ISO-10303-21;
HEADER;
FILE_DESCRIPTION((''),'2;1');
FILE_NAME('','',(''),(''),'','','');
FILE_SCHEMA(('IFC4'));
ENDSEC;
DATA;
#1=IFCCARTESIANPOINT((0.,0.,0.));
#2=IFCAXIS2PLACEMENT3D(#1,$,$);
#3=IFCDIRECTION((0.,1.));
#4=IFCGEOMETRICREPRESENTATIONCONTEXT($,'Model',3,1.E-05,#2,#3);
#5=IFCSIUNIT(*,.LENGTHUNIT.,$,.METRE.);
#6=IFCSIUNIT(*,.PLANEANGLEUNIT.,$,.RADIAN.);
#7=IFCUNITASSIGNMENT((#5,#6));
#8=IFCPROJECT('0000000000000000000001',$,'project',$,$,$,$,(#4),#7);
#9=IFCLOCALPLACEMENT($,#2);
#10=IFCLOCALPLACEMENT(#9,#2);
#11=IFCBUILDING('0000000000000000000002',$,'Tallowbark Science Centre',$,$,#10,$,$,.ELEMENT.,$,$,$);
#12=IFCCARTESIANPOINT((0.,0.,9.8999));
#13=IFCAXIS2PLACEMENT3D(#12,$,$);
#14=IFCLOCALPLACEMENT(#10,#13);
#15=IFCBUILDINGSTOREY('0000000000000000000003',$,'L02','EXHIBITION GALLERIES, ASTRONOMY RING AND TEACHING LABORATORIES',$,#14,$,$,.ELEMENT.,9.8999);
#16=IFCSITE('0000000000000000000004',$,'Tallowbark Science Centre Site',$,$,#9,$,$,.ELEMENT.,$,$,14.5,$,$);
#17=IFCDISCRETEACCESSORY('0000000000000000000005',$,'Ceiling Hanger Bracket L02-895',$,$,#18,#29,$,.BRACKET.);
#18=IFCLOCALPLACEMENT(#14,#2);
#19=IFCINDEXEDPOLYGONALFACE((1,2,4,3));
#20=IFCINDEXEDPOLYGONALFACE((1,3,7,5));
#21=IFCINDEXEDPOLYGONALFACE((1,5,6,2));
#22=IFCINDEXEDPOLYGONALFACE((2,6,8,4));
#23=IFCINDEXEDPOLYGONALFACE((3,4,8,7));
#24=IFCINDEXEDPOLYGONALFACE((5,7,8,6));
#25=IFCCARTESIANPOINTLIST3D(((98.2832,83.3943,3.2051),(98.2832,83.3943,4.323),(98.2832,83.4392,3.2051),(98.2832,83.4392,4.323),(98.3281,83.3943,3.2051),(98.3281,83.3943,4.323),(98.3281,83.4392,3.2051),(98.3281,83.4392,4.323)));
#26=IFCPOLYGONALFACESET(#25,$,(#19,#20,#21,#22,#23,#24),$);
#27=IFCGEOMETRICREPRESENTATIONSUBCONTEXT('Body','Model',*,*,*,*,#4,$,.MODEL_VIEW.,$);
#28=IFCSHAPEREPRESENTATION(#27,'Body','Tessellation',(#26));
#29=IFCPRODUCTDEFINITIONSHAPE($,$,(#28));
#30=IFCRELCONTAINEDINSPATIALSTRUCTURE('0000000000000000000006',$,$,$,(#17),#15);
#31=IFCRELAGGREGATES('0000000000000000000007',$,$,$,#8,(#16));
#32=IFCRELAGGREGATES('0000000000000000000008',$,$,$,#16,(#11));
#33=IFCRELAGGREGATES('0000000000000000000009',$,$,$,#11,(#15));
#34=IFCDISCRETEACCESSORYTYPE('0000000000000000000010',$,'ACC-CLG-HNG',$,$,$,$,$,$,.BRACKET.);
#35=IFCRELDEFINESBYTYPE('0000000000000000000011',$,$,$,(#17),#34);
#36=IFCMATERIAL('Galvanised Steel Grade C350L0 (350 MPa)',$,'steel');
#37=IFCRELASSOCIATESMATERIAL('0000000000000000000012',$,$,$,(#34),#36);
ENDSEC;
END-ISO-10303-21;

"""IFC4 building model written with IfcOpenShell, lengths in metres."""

from ifc_helpers import new_model, si_unit, direction, frame, origin, origin_2d, place, context, subcontext, project, spatial, rectangle, extrude, material, type_object, element, save


model = new_model("IFC4")

# Units and contexts
model_context = context("Model", 3, precision=1e-05, world=origin(), true_north=direction((0.0, 1.0)))
body_context = subcontext(model_context, "Body", "Model", "MODEL_VIEW")
ifc_project = project(units=[si_unit("LENGTHUNIT", "METRE"), si_unit("PLANEANGLEUNIT", "RADIAN")], contexts=[model_context])

# Site, building, storey
site_placement = place(None, origin())
site = spatial("IfcSite", under=ifc_project, at=site_placement, Name="Tallowbark Science Centre Site", CompositionType="ELEMENT", RefElevation=14.5)
building_placement = place(site_placement, origin())
building = spatial("IfcBuilding", under=site, at=building_placement, Name="Tallowbark Science Centre", CompositionType="ELEMENT")
storey_placement = place(building_placement, frame((0.0, 0.0, 9.8999)))
storey = spatial("IfcBuildingStorey", under=building, at=storey_placement, Name="L02", Description="EXHIBITION GALLERIES, ASTRONOMY RING AND TEACHING LABORATORIES", CompositionType="ELEMENT", Elevation=9.8999)

# Discrete accessory
ifc_material_1 = material(Name="Galvanised Steel Grade C350L0 (350 MPa)", Category="steel")
discrete_accessory_type = type_object("IfcDiscreteAccessoryType", Name="ACC-CLG-HNG", PredefinedType="BRACKET", material=ifc_material_1)
for number, where, z_axis, x_axis, name in (
    (1, (98.3057, 83.4167, 3.2051), (0.0, 0.0, 1.0), (1.0, 0.0, 0.0), "Ceiling Hanger Bracket L02-895"),
):
    element("IfcDiscreteAccessory", number, at=place(storey_placement, frame(where, z_axis=z_axis, x_axis=x_axis)), inside=storey, type_object=discrete_accessory_type, Name=name, PredefinedType="BRACKET", context=body_context, shape_type="SweptSolid", body=[
        extrude(rectangle(XDim=0.0449, YDim=0.0449, at=origin_2d()), origin(), (0.0, 0.0, 1.0), 1.1179),
    ])

save(model, "model.ifc")
